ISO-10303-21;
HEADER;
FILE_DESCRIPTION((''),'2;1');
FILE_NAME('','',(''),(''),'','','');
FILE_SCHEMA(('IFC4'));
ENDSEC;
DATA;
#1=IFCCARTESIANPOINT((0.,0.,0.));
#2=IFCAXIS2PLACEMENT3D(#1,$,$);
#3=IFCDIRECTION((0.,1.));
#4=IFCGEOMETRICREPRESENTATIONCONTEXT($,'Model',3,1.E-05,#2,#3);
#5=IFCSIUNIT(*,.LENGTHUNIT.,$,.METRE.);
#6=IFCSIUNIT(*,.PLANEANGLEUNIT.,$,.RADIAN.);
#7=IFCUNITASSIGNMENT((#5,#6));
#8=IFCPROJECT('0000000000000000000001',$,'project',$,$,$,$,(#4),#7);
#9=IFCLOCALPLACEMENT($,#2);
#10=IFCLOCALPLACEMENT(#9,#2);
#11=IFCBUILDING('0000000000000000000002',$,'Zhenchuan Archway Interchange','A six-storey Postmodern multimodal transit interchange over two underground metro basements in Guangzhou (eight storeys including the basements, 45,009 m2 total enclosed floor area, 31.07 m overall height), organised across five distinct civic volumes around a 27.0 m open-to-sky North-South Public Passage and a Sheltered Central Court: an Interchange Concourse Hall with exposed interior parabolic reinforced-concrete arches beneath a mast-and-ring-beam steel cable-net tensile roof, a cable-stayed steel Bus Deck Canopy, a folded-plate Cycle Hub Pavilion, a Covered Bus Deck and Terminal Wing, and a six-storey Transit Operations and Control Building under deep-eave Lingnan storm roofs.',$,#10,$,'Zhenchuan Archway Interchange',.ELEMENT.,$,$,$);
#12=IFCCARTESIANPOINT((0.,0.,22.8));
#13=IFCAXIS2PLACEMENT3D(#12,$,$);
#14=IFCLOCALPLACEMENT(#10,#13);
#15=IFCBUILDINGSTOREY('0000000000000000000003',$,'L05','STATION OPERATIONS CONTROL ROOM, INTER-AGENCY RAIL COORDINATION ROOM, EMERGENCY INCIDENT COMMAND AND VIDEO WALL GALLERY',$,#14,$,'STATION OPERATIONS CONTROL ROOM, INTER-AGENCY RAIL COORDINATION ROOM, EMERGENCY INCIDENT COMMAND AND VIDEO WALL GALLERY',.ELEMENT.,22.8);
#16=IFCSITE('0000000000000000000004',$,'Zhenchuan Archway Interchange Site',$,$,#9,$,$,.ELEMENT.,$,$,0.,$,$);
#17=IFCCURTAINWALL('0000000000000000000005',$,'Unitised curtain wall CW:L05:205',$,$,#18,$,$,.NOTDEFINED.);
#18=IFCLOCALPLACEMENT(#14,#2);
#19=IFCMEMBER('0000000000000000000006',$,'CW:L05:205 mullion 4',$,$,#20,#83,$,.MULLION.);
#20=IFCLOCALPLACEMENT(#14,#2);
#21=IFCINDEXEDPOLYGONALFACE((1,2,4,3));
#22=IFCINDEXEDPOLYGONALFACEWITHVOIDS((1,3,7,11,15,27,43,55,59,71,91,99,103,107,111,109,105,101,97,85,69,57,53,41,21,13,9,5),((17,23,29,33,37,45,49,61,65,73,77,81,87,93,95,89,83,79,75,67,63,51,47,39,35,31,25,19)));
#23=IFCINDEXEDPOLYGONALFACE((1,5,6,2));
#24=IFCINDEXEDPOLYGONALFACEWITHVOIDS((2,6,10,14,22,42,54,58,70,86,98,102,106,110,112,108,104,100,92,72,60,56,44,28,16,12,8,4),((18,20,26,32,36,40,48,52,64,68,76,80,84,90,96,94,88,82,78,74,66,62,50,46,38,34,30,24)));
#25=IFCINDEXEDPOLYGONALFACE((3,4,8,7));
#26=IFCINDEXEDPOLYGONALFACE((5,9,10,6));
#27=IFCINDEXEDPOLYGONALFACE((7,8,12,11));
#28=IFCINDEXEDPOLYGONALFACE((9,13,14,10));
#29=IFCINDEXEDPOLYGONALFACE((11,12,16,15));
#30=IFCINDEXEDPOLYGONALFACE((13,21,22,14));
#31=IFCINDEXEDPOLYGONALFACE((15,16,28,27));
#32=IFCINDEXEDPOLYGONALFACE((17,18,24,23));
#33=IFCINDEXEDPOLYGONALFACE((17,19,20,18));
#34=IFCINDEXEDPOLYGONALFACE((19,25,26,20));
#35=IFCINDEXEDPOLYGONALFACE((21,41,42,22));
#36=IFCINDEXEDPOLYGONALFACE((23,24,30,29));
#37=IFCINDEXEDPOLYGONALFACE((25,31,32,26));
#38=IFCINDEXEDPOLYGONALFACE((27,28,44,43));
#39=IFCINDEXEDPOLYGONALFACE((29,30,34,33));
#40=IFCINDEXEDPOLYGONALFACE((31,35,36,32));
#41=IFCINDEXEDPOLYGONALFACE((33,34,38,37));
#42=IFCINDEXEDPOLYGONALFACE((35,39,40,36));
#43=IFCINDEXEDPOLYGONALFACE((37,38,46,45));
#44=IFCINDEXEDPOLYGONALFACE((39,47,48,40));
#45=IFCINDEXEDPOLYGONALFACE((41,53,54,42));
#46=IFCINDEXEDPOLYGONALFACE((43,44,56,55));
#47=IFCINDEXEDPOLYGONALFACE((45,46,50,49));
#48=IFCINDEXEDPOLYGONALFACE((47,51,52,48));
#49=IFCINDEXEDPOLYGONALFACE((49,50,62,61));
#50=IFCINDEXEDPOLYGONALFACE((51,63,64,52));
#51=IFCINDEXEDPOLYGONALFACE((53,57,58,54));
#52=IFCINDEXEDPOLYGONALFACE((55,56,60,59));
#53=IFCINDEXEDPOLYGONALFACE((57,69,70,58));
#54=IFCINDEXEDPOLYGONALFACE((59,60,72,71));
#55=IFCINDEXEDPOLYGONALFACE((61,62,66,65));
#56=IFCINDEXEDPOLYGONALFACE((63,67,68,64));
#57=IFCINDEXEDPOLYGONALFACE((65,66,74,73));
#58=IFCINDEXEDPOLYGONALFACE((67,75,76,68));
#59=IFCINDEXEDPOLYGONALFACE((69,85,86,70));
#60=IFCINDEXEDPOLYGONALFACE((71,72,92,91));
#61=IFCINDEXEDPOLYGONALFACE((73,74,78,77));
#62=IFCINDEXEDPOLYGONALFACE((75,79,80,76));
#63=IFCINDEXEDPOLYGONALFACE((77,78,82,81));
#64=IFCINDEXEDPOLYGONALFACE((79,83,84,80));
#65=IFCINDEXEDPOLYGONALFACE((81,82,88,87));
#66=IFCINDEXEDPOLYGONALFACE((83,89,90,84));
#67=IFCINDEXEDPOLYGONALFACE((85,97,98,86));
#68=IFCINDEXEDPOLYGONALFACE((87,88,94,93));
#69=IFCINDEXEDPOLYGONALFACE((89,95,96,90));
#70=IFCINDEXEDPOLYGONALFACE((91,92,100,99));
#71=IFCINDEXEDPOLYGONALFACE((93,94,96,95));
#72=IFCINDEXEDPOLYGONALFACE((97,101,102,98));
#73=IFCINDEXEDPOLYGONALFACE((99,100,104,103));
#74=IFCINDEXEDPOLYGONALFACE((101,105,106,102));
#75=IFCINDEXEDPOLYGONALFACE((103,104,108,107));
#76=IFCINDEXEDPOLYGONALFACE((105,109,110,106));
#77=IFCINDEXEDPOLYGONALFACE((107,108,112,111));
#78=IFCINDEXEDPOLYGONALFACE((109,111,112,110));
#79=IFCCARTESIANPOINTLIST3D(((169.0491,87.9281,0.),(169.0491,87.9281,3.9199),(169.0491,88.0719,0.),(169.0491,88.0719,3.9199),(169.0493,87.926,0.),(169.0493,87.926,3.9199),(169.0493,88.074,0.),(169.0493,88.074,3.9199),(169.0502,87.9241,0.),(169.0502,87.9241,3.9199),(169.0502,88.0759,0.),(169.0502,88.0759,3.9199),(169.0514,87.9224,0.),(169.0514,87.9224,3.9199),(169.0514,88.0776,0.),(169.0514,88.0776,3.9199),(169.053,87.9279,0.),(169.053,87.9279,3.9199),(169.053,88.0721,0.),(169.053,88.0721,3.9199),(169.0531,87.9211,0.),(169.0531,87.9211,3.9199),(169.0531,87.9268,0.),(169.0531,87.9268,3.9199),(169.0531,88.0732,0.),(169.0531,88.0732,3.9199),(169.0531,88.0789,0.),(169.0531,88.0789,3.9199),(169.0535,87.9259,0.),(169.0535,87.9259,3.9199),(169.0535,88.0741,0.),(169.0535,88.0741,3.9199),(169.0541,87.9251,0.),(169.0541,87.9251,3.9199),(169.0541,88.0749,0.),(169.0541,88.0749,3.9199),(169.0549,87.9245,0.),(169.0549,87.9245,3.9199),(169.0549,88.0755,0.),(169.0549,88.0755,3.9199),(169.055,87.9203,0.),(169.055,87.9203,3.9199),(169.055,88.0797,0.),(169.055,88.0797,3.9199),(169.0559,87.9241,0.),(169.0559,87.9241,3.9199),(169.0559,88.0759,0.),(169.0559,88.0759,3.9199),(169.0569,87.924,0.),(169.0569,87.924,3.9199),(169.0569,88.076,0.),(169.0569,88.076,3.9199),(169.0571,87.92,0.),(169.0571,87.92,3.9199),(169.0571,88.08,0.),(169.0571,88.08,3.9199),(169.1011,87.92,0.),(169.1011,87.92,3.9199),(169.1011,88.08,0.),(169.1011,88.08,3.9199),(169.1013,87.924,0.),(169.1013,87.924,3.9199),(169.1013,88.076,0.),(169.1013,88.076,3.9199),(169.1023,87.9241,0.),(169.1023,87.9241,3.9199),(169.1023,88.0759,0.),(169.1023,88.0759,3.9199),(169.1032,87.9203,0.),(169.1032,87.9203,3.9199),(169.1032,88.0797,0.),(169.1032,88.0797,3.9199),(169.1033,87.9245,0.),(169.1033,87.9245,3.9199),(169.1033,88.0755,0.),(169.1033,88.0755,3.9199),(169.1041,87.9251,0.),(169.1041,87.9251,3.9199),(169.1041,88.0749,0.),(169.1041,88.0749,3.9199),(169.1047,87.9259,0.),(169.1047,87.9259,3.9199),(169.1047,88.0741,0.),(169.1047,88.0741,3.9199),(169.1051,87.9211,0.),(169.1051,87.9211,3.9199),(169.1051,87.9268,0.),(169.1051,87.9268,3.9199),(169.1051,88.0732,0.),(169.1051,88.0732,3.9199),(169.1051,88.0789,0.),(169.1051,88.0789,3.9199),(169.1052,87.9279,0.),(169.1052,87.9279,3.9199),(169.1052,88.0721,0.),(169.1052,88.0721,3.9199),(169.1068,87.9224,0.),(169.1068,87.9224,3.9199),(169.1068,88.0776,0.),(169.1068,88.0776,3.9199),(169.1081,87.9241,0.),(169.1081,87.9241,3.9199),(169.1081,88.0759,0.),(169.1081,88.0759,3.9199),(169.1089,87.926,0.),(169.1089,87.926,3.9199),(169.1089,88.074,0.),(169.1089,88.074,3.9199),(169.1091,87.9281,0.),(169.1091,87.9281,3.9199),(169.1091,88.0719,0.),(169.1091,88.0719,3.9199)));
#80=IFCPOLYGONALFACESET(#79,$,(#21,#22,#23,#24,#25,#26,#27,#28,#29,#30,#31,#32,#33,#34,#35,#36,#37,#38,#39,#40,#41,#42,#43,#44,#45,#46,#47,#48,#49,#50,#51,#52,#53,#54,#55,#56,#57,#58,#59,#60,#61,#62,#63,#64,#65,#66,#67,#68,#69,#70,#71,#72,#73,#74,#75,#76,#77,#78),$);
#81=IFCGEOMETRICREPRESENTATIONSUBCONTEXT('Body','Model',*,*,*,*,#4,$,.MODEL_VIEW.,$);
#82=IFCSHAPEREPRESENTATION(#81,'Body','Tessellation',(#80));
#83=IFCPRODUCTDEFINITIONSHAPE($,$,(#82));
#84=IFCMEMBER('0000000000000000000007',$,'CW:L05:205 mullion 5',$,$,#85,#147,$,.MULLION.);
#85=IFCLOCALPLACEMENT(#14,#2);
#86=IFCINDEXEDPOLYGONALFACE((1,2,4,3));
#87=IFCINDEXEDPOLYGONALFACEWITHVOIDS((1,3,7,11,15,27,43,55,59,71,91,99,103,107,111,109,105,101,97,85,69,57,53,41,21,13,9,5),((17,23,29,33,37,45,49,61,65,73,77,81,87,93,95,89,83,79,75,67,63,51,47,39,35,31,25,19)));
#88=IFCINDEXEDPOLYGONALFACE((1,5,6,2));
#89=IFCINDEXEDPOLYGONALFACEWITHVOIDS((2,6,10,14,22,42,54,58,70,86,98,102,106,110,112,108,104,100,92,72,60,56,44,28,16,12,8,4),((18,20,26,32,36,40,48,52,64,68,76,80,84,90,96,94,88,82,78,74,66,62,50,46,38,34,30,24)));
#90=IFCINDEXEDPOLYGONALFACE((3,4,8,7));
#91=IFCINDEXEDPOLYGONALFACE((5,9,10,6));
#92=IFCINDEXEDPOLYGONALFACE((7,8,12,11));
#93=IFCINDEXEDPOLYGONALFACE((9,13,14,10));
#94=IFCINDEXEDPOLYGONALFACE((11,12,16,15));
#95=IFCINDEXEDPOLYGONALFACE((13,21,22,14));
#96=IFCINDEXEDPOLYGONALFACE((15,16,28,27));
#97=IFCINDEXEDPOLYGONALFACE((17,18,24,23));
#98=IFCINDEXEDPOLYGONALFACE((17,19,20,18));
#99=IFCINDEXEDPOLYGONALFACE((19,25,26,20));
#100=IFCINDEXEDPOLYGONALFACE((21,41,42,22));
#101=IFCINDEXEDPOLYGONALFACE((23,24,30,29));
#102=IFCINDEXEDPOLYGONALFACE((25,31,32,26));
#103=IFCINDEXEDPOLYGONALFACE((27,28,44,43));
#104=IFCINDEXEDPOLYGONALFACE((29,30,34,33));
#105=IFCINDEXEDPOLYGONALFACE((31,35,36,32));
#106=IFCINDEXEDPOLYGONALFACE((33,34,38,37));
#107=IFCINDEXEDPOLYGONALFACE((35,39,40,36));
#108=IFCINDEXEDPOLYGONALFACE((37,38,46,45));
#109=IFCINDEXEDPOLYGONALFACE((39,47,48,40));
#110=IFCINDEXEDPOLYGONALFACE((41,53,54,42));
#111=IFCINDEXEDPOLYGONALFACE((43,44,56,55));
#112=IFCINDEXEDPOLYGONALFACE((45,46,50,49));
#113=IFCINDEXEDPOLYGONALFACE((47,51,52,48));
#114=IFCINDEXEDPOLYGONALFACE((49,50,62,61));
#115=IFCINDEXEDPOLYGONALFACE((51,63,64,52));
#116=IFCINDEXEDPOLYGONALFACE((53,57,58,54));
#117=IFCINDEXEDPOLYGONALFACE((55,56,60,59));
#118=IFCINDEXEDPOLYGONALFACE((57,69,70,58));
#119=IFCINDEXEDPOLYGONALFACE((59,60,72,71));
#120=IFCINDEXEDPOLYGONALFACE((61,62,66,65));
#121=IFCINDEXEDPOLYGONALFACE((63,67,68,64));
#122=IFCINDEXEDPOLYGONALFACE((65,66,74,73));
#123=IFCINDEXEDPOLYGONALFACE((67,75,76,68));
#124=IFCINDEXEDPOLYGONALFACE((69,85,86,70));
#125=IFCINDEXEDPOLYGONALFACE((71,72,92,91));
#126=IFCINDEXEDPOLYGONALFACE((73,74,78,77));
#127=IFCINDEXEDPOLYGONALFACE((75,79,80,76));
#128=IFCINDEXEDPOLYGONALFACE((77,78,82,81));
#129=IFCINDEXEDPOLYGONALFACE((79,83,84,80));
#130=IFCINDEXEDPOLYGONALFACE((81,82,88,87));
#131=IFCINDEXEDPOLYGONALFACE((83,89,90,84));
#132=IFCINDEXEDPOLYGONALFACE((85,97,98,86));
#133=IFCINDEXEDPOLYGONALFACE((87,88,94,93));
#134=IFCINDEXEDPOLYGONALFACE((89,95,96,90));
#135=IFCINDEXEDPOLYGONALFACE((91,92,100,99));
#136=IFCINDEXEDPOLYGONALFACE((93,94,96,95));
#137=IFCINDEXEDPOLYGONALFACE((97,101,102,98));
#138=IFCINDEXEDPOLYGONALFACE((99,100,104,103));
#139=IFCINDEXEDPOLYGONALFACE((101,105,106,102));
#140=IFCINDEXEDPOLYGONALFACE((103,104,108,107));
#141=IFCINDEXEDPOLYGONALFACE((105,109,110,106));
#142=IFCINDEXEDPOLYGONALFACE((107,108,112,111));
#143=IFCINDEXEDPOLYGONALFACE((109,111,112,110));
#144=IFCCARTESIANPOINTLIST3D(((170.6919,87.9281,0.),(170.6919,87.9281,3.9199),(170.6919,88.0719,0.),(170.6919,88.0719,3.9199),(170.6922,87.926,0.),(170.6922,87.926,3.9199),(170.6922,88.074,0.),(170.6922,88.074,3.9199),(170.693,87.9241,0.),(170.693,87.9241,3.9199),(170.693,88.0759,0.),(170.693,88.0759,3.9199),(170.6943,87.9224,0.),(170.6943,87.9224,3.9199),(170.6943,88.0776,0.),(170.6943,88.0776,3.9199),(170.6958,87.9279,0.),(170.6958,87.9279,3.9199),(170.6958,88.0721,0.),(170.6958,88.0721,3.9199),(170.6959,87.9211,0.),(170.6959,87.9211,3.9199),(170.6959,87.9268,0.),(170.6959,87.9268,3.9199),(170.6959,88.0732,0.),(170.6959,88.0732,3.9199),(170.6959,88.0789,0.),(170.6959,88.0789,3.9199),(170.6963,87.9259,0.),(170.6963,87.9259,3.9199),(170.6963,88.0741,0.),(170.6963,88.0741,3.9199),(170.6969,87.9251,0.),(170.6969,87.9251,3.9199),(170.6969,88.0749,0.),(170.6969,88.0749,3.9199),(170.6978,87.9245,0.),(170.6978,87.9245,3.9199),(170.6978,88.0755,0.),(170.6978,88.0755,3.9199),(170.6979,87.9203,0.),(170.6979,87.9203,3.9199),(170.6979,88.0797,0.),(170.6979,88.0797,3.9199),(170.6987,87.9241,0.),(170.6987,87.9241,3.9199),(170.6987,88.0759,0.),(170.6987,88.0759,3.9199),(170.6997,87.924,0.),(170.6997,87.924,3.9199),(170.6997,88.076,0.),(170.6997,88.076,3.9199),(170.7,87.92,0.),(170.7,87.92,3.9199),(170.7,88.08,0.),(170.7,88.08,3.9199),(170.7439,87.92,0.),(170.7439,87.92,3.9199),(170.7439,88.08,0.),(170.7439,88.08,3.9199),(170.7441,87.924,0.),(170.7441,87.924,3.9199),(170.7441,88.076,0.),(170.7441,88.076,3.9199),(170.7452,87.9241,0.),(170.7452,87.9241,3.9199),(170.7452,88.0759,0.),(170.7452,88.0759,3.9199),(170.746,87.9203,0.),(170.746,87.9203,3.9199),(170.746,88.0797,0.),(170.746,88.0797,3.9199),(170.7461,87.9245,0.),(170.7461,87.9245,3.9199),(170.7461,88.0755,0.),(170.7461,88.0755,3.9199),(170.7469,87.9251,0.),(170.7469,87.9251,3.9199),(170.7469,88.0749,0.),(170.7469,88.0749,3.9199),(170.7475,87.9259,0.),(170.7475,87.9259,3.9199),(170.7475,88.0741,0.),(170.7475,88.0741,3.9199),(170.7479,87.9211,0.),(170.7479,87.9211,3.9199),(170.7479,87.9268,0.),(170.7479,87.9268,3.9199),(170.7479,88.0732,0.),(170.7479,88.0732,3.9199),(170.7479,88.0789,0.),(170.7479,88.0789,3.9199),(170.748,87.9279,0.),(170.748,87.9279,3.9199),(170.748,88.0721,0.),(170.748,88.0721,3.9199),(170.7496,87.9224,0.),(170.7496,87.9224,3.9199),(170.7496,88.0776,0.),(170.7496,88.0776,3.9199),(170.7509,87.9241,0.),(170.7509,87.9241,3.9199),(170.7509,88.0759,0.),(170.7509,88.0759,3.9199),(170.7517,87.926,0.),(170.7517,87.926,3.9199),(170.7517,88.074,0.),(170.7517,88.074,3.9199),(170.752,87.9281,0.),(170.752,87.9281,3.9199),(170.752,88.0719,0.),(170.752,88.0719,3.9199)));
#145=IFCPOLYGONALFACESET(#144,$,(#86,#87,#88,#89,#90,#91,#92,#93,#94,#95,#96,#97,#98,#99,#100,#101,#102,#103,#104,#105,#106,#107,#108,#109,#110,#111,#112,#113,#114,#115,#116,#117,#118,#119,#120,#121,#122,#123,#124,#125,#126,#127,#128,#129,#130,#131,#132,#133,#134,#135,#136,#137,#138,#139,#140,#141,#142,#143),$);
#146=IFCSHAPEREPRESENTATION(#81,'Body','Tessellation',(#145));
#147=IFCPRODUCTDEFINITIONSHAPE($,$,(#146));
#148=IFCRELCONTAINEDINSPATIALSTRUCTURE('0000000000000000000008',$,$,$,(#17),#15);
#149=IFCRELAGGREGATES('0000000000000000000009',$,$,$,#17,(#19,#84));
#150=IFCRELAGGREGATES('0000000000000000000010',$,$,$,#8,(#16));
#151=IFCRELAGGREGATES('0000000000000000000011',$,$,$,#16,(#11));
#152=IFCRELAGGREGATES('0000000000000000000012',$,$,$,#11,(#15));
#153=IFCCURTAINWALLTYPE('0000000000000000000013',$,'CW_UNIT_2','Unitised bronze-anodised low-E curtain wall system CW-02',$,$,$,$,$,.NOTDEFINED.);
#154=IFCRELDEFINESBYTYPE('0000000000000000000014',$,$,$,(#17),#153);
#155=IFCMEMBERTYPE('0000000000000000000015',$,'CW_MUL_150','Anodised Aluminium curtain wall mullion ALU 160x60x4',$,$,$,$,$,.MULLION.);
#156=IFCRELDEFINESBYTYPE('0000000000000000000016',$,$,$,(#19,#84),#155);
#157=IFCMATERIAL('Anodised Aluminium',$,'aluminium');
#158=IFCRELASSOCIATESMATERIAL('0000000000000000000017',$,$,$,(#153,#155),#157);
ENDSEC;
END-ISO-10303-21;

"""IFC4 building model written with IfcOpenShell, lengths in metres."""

from ifc_helpers import new_model, si_unit, direction, frame, origin, origin_2d, place, context, subcontext, project, spatial, hollow_rectangle, extrude, material, material_profile, profile_set, type_object, element, aggregate, save


model = new_model("IFC4")

# Units and contexts
model_context = context("Model", 3, precision=1e-05, world=origin(), true_north=direction((0.0, 1.0)))
body_context = subcontext(model_context, "Body", "Model", "MODEL_VIEW")
ifc_project = project(units=[si_unit("LENGTHUNIT", "METRE"), si_unit("PLANEANGLEUNIT", "RADIAN")], contexts=[model_context])

# Site, building, storey
site_placement = place(None, origin())
site = spatial("IfcSite", under=ifc_project, at=site_placement, Name="Zhenchuan Archway Interchange Site", CompositionType="ELEMENT", RefElevation=0.0)
building_placement = place(site_placement, origin())
building = spatial("IfcBuilding", under=site, at=building_placement, Name="Zhenchuan Archway Interchange", Description="A six-storey Postmodern multimodal transit interchange over two underground metro basements in Guangzhou (eight storeys including the basements, 45,009 m2 total enclosed floor area, 31.07 m overall height), organised across five distinct civic volumes around a 27.0 m open-to-sky North-South Public Passage and a Sheltered Central Court: an Interchange Concourse Hall with exposed interior parabolic reinforced-concrete arches beneath a mast-and-ring-beam steel cable-net tensile roof, a cable-stayed steel Bus Deck Canopy, a folded-plate Cycle Hub Pavilion, a Covered Bus Deck and Terminal Wing, and a six-storey Transit Operations and Control Building under deep-eave Lingnan storm roofs.", LongName="Zhenchuan Archway Interchange", CompositionType="ELEMENT")
storey_placement = place(building_placement, frame((0.0, 0.0, 22.8)))
storey = spatial("IfcBuildingStorey", under=building, at=storey_placement, Name="L05", Description="STATION OPERATIONS CONTROL ROOM, INTER-AGENCY RAIL COORDINATION ROOM, EMERGENCY INCIDENT COMMAND AND VIDEO WALL GALLERY", LongName="STATION OPERATIONS CONTROL ROOM, INTER-AGENCY RAIL COORDINATION ROOM, EMERGENCY INCIDENT COMMAND AND VIDEO WALL GALLERY", CompositionType="ELEMENT", Elevation=22.8)

# Curtain wall, members
ifc_material_1 = material(Name="Anodised Aluminium", Category="aluminium")
curtain_wall_type = type_object("IfcCurtainWallType", Name="CW_UNIT_2", Description="Unitised bronze-anodised low-E curtain wall system CW-02", PredefinedType="NOTDEFINED", material=ifc_material_1)
curtain_wall_placement = place(storey_placement, origin())
curtain_wall = element("IfcCurtainWall", 1, at=curtain_wall_placement, inside=storey, type_object=curtain_wall_type, Name="Unitised curtain wall CW:L05:205", PredefinedType="NOTDEFINED")
ifc_material_profile_1 = material_profile(ifc_material_1, hollow_rectangle(XDim=0.0601, YDim=0.1599, WallThickness=0.0039, InnerFilletRadius=0.0039, OuterFilletRadius=0.0081, at=origin_2d()), Name="ALU 160x60x4")
ifc_profile_set_1 = profile_set([ifc_material_profile_1], Name="Anodised Aluminium")
member_type_1 = type_object("IfcMemberType", Name="CW_MUL_150", Description="Anodised Aluminium curtain wall mullion ALU 160x60x4", PredefinedType="MULLION", material=ifc_profile_set_1)
member_1_placement = place(storey_placement, frame((169.0791, 88.0, 0.0), z_axis=(0.0, 0.0, 1.0), x_axis=(1.0, 0.0, 0.0)))
member_1 = element("IfcMember", 2, at=member_1_placement, type_object=member_type_1, Name="CW:L05:205 mullion 4", PredefinedType="MULLION", context=body_context, shape_type="SweptSolid", body=[
    extrude(hollow_rectangle(XDim=0.0601, YDim=0.1599, WallThickness=0.0039, InnerFilletRadius=0.0039, OuterFilletRadius=0.0081, at=origin_2d()), origin(), (0.0, 0.0, 1.0), 3.9199),
])
member_2_placement = place(storey_placement, frame((170.7219, 88.0, 0.0), z_axis=(0.0, 0.0, 1.0), x_axis=(1.0, 0.0, 0.0)))
member_2 = element("IfcMember", 3, at=member_2_placement, type_object=member_type_1, Name="CW:L05:205 mullion 5", PredefinedType="MULLION", context=body_context, shape_type="SweptSolid", body=[
    extrude(hollow_rectangle(XDim=0.0601, YDim=0.1599, WallThickness=0.0039, InnerFilletRadius=0.0039, OuterFilletRadius=0.0081, at=origin_2d()), origin(), (0.0, 0.0, 1.0), 3.9199),
])

aggregate(curtain_wall, [member_1, member_2])

save(model, "model.ifc")
